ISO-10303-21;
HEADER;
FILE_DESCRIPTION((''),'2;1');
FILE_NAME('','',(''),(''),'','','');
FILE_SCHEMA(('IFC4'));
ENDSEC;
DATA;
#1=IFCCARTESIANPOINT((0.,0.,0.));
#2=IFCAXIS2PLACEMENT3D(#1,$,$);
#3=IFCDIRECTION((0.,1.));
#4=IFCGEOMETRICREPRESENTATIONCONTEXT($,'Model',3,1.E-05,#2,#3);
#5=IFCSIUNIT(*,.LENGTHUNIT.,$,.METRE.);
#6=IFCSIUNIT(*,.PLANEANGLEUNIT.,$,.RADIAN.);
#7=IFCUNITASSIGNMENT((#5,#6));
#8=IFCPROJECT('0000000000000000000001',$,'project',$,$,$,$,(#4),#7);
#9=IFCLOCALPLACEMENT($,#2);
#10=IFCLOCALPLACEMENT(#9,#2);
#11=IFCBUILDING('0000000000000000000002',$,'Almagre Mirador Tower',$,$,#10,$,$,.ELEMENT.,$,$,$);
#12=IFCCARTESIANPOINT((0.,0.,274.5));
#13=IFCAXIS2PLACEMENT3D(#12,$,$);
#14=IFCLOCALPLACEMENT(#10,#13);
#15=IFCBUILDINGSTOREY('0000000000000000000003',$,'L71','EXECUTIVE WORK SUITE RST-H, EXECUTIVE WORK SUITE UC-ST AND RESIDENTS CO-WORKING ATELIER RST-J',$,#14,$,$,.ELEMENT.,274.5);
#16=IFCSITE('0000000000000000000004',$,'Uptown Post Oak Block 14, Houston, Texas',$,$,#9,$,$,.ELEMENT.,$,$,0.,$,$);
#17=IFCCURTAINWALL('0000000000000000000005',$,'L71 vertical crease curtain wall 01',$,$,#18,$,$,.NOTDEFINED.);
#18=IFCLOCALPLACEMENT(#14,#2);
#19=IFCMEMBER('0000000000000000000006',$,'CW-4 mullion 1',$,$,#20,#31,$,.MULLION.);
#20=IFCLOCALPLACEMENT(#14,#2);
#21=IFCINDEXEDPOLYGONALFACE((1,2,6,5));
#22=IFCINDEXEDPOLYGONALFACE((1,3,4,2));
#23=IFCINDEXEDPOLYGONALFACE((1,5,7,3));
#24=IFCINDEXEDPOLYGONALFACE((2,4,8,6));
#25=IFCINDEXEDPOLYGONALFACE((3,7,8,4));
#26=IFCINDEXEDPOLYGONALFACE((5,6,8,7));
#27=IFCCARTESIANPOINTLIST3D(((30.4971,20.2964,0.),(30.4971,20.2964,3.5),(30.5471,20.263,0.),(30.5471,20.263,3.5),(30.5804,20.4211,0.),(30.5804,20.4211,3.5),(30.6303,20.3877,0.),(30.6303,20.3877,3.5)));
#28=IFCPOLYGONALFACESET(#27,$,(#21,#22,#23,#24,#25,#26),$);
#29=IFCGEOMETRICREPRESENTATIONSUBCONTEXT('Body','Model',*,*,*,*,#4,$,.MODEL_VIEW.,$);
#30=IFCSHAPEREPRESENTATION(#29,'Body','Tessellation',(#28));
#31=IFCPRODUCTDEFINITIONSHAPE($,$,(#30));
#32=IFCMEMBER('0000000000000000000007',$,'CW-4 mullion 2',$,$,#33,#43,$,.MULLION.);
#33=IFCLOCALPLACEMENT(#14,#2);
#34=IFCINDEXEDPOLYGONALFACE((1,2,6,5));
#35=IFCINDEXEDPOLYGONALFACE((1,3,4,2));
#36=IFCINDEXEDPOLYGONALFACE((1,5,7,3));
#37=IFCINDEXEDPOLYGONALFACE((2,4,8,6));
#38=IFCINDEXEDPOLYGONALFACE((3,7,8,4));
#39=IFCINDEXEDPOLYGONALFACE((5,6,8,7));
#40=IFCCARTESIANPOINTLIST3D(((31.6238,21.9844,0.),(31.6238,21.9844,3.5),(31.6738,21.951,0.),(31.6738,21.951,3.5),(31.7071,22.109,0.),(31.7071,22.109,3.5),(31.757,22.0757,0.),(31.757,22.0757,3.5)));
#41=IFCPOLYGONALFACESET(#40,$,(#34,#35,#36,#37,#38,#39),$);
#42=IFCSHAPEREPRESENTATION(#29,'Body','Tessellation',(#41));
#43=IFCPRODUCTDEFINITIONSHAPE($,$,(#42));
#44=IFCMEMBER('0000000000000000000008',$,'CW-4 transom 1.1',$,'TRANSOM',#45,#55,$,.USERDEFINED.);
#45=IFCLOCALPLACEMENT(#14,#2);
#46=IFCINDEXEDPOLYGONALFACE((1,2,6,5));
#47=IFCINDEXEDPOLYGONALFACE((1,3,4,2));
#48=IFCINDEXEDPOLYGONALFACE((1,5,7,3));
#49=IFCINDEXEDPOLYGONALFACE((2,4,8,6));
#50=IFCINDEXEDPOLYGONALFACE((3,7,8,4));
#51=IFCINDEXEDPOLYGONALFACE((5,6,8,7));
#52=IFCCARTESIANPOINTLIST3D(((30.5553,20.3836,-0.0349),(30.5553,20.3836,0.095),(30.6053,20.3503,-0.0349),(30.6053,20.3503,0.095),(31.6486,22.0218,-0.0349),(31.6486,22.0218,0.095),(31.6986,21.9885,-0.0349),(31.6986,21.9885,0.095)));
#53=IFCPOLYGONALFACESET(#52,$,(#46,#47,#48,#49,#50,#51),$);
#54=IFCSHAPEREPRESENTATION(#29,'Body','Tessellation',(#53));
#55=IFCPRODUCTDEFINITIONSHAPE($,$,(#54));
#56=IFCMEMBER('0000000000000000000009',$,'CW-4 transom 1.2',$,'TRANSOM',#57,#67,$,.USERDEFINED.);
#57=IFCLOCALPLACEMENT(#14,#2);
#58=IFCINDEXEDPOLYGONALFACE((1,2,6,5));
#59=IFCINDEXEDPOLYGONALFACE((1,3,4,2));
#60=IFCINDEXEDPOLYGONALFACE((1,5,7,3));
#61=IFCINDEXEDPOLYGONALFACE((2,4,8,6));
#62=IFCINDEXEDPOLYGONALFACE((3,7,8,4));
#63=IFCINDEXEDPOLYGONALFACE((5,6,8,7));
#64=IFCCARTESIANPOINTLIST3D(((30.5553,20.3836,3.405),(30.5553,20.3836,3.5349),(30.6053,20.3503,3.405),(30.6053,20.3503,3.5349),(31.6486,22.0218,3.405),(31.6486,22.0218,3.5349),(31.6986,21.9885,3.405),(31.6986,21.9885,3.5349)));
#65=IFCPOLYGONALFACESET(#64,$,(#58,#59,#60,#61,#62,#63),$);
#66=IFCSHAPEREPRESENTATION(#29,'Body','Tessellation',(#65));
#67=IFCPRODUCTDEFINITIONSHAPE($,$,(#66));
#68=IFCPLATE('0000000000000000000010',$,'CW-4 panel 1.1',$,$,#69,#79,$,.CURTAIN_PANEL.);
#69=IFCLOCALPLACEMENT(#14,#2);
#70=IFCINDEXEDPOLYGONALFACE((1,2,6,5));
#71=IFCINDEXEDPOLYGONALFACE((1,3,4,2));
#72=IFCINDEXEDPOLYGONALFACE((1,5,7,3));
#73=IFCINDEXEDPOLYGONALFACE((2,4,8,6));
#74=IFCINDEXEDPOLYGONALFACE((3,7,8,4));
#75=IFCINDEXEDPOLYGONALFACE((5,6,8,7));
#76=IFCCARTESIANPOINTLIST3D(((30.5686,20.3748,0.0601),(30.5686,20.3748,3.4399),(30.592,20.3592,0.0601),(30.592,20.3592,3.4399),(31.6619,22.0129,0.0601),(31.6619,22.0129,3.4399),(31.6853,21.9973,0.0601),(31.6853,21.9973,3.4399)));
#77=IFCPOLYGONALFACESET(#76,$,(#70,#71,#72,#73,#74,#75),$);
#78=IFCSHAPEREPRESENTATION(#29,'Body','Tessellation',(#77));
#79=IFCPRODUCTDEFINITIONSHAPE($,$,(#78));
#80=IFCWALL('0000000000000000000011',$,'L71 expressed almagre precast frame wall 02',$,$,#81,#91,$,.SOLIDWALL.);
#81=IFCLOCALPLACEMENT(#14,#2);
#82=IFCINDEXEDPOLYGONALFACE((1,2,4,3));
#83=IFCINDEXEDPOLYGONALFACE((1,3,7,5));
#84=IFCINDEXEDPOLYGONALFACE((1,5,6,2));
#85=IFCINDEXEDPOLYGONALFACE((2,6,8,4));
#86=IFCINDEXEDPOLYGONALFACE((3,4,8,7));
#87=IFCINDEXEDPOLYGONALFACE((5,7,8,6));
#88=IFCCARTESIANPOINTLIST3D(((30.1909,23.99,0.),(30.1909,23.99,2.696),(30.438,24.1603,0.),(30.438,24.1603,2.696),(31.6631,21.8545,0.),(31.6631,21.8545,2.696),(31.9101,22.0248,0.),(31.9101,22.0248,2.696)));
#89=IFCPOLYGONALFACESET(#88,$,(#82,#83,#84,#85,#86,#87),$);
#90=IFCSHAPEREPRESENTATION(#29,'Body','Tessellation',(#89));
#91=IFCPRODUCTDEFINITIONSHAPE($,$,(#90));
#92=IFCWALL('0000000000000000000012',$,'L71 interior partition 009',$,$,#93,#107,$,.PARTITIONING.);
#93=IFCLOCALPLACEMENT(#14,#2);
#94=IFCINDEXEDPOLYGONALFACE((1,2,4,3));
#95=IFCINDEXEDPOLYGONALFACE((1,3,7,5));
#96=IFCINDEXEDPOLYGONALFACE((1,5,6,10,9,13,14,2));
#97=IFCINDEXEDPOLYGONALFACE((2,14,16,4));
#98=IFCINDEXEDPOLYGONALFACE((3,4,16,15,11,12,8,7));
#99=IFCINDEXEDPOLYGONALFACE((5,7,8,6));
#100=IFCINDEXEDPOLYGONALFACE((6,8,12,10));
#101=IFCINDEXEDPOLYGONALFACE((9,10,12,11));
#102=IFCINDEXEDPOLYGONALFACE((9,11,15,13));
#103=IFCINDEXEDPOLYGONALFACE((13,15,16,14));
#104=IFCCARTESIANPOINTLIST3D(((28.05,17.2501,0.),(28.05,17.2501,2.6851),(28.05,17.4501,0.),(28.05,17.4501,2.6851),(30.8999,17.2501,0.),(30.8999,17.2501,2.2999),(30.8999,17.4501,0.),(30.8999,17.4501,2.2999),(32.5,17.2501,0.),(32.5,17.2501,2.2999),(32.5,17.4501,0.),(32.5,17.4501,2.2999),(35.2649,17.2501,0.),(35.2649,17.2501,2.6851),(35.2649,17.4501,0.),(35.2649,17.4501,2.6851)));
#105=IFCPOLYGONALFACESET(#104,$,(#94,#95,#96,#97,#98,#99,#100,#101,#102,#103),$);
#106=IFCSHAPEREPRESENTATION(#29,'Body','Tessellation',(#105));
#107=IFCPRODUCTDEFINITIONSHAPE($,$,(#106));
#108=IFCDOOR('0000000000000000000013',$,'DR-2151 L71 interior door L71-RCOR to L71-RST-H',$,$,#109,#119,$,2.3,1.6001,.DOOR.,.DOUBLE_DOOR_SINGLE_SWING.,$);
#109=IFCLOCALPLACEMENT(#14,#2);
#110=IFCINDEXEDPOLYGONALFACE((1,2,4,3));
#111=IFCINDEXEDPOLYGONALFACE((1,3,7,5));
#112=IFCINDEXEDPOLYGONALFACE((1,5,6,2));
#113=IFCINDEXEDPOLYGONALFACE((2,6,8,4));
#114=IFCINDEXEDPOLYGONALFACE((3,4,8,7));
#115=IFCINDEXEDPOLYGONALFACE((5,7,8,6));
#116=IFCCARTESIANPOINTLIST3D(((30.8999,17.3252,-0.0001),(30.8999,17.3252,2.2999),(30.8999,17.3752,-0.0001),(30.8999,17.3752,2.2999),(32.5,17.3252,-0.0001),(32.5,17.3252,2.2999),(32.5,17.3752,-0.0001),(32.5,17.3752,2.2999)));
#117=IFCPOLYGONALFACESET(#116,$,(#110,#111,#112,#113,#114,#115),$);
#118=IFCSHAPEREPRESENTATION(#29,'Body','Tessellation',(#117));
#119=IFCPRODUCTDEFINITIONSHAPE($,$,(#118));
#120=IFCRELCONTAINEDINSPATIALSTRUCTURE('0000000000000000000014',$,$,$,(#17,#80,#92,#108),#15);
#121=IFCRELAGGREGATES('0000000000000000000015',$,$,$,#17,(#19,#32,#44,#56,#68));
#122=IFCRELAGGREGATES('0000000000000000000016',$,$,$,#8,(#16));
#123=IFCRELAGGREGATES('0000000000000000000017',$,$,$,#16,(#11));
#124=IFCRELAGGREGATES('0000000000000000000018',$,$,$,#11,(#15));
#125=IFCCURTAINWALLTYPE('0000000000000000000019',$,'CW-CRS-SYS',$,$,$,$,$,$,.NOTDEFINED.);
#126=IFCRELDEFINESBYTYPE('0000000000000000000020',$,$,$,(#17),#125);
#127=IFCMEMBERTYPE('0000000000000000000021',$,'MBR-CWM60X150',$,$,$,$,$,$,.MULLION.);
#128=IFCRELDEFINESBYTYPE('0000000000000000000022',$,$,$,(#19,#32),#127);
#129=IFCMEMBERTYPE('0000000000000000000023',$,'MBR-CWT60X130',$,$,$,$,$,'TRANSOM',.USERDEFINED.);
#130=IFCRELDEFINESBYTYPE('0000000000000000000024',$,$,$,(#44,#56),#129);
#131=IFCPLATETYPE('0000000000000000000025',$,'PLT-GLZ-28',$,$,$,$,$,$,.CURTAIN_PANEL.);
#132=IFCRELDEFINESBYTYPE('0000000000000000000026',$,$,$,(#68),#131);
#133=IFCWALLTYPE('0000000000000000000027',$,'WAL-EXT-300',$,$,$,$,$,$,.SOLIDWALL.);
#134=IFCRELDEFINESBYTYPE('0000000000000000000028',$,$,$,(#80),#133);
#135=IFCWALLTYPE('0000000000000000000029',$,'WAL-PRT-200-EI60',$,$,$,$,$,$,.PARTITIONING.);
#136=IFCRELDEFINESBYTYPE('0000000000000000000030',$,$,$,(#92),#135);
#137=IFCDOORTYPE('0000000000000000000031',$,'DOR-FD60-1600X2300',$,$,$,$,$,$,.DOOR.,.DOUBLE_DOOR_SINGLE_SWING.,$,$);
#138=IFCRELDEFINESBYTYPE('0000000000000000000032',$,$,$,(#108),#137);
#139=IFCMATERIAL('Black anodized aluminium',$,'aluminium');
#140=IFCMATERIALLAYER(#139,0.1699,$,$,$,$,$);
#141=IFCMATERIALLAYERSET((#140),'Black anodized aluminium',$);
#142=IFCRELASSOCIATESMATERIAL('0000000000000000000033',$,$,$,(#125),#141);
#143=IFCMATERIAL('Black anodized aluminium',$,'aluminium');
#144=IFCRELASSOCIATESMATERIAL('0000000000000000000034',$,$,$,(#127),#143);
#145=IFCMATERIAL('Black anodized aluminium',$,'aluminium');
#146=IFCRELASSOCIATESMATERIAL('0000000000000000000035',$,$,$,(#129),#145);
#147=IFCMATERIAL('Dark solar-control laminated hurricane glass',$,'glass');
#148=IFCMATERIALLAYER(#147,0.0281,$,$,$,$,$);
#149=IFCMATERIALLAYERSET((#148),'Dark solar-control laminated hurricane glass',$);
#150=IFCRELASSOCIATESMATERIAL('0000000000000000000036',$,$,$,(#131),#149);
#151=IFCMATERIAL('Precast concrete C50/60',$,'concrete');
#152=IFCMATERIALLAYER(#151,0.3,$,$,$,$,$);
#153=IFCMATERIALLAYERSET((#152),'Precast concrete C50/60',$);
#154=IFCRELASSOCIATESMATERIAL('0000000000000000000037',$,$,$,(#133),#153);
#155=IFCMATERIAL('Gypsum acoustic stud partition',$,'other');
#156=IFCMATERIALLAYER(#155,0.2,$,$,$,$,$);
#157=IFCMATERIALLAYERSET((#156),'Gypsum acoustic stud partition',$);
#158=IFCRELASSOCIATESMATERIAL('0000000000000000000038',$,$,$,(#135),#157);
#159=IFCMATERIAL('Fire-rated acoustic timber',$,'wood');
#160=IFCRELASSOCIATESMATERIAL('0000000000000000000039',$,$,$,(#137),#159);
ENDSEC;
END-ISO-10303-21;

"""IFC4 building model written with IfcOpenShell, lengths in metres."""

from ifc_helpers import new_model, si_unit, direction, frame, frame_2d, origin, origin_2d, place, context, subcontext, project, spatial, rectangle, extrude, material, layer, layer_set, material_profile, profile_set, type_object, element, fill, aggregate, save


model = new_model("IFC4")

# Units and contexts
model_context = context("Model", 3, precision=1e-05, world=origin(), true_north=direction((0.0, 1.0)))
body_context = subcontext(model_context, "Body", "Model", "MODEL_VIEW")
ifc_project = project(units=[si_unit("LENGTHUNIT", "METRE"), si_unit("PLANEANGLEUNIT", "RADIAN")], contexts=[model_context])

# Site, building, storey
site_placement = place(None, origin())
site = spatial("IfcSite", under=ifc_project, at=site_placement, Name="Uptown Post Oak Block 14, Houston, Texas", CompositionType="ELEMENT", RefElevation=0.0)
building_placement = place(site_placement, origin())
building = spatial("IfcBuilding", under=site, at=building_placement, Name="Almagre Mirador Tower", CompositionType="ELEMENT")
storey_placement = place(building_placement, frame((0.0, 0.0, 274.5)))
storey = spatial("IfcBuildingStorey", under=building, at=storey_placement, Name="L71", Description="EXECUTIVE WORK SUITE RST-H, EXECUTIVE WORK SUITE UC-ST AND RESIDENTS CO-WORKING ATELIER RST-J", CompositionType="ELEMENT", Elevation=274.5)

# Curtain wall, members, plate
ifc_material_1 = material(Name="Black anodized aluminium", Category="aluminium")
ifc_layer_1 = layer(ifc_material_1, 0.1699)
ifc_layer_set_1 = layer_set([ifc_layer_1], Name="Black anodized aluminium")
curtain_wall_type = type_object("IfcCurtainWallType", Name="CW-CRS-SYS", PredefinedType="NOTDEFINED", material=ifc_layer_set_1)
curtain_wall_placement = place(storey_placement, origin())
curtain_wall = element("IfcCurtainWall", 1, at=curtain_wall_placement, inside=storey, type_object=curtain_wall_type, Name="L71 vertical crease curtain wall 01", PredefinedType="NOTDEFINED")
ifc_material_2 = material(Name="Black anodized aluminium", Category="aluminium")
ifc_material_profile_1 = material_profile(ifc_material_2, rectangle(XDim=0.0601, YDim=0.1499, at=origin_2d()), Name="CWM60X150")
ifc_profile_set_1 = profile_set([ifc_material_profile_1], Name="Black anodized aluminium")
member_type_1 = type_object("IfcMemberType", Name="MBR-CWM60X150", PredefinedType="MULLION", material=ifc_profile_set_1)
member_1_placement = place(storey_placement, frame((30.5637, 20.342, 0.0), z_axis=(0.0, 0.0, 1.0), x_axis=(-0.831756, 0.555142, 0.0)))
member_1 = element("IfcMember", 2, at=member_1_placement, type_object=member_type_1, Name="CW-4 mullion 1", PredefinedType="MULLION", context=body_context, shape_type="SweptSolid", body=[
    extrude(rectangle(XDim=0.0601, YDim=0.1499, at=origin_2d()), origin(), (0.0, 0.0, 1.0), 3.5),
])
member_2_placement = place(storey_placement, frame((31.6904, 22.03, 0.0), z_axis=(0.0, 0.0, 1.0), x_axis=(-0.831756, 0.555142, 0.0)))
member_2 = element("IfcMember", 3, at=member_2_placement, type_object=member_type_1, Name="CW-4 mullion 2", PredefinedType="MULLION", context=body_context, shape_type="SweptSolid", body=[
    extrude(rectangle(XDim=0.0601, YDim=0.1499, at=origin_2d()), origin(), (0.0, 0.0, 1.0), 3.5),
])
ifc_material_3 = material(Name="Black anodized aluminium", Category="aluminium")
ifc_material_profile_2 = material_profile(ifc_material_3, rectangle(XDim=0.0601, YDim=0.1299, at=origin_2d()), Name="CWT60X130")
ifc_profile_set_2 = profile_set([ifc_material_profile_2], Name="Black anodized aluminium")
member_type_2 = type_object("IfcMemberType", Name="MBR-CWT60X130", ElementType="TRANSOM", PredefinedType="USERDEFINED", material=ifc_profile_set_2)
member_3_placement = place(storey_placement, frame((30.5803, 20.3669, 0.03), z_axis=(0.555101, 0.831783, 0.0), x_axis=(-0.831783, 0.555101, 0.0)))
member_3 = element("IfcMember", 4, at=member_3_placement, type_object=member_type_2, Name="CW-4 transom 1.1", ObjectType="TRANSOM", PredefinedType="USERDEFINED", context=body_context, shape_type="SweptSolid", body=[
    extrude(rectangle(XDim=0.0601, YDim=0.1299, at=origin_2d()), origin(), (0.0, 0.0, 1.0), 1.9695),
])
member_4_placement = place(storey_placement, frame((30.5803, 20.3669, 3.47), z_axis=(0.555101, 0.831783, 0.0), x_axis=(-0.831783, 0.555101, 0.0)))
member_4 = element("IfcMember", 5, at=member_4_placement, type_object=member_type_2, Name="CW-4 transom 1.2", ObjectType="TRANSOM", PredefinedType="USERDEFINED", context=body_context, shape_type="SweptSolid", body=[
    extrude(rectangle(XDim=0.0601, YDim=0.1299, at=origin_2d()), origin(), (0.0, 0.0, 1.0), 1.9695),
])
ifc_material_4 = material(Name="Dark solar-control laminated hurricane glass", Category="glass")
ifc_layer_2 = layer(ifc_material_4, 0.0281)
ifc_layer_set_2 = layer_set([ifc_layer_2], Name="Dark solar-control laminated hurricane glass")
plate_type = type_object("IfcPlateType", Name="PLT-GLZ-28", PredefinedType="CURTAIN_PANEL", material=ifc_layer_set_2)
plate_placement = place(storey_placement, frame((31.127, 21.186, 0.0601), z_axis=(0.0, 0.0, 1.0), x_axis=(0.555142, 0.831756, 0.0)))
plate = element("IfcPlate", 6, at=plate_placement, type_object=plate_type, Name="CW-4 panel 1.1", PredefinedType="CURTAIN_PANEL", context=body_context, shape_type="SweptSolid", body=[
    extrude(rectangle(XDim=1.9695, YDim=0.0281, at=origin_2d()), origin(), (0.0, 0.0, 1.0), 3.3799),
])
aggregate(curtain_wall, [member_1, member_2, member_3, member_4, plate])

# Wall
ifc_material_5 = material(Name="Precast concrete C50/60", Category="concrete")
ifc_layer_3 = layer(ifc_material_5, 0.3)
ifc_layer_set_3 = layer_set([ifc_layer_3], Name="Precast concrete C50/60")
wall_type_1 = type_object("IfcWallType", Name="WAL-EXT-300", PredefinedType="SOLIDWALL", material=ifc_layer_set_3)
wall_1_placement = place(storey_placement, frame((31.7866, 21.9397, 0.0), z_axis=(0.0, 0.0, 1.0), x_axis=(-0.567579, 0.823319, 0.0)))
element("IfcWall", 7, at=wall_1_placement, inside=storey, type_object=wall_type_1, Name="L71 expressed almagre precast frame wall 02", PredefinedType="SOLIDWALL", context=body_context, shape_type="SweptSolid", body=[
    extrude(rectangle(XDim=2.5938, YDim=0.3, at=frame_2d((1.2969, 0.0))), origin(), (0.0, 0.0, 1.0), 2.696),
])

# Wall, opening, door
ifc_material_6 = material(Name="Gypsum acoustic stud partition", Category="other")
ifc_layer_4 = layer(ifc_material_6, 0.2)
ifc_layer_set_4 = layer_set([ifc_layer_4], Name="Gypsum acoustic stud partition")
wall_type_2 = type_object("IfcWallType", Name="WAL-PRT-200-EI60", PredefinedType="PARTITIONING", material=ifc_layer_set_4)
wall_2_placement = place(storey_placement, frame((35.2649, 17.3501, 0.0), z_axis=(0.0, 0.0, 1.0), x_axis=(-1.0, 0.0, 0.0)))
wall_2 = element("IfcWall", 8, at=wall_2_placement, inside=storey, type_object=wall_type_2, Name="L71 interior partition 009", PredefinedType="PARTITIONING", context=body_context, shape_type="SweptSolid", body=[
    extrude(rectangle(XDim=7.2148, YDim=0.2, at=frame_2d((3.6074, 0.0))), origin(), (0.0, 0.0, 1.0), 2.6851),
])
opening_1_placement = place(wall_2_placement, frame((2.7649, 0.0, 0.0)))
opening_1 = element("IfcOpeningElement", 9, at=opening_1_placement, cuts=wall_2, PredefinedType="OPENING", context=body_context, shape_type="SweptSolid", body=[
    extrude(rectangle(XDim=1.6001, YDim=2.3, at=frame_2d((0.8, 1.1499))), frame((0.0, 0.1101, 0.0), z_axis=(0.0, -1.0, 0.0), x_axis=(1.0, 0.0, 0.0)), (0.0, 0.0, 1.0), 0.22),
])
ifc_material_7 = material(Name="Fire-rated acoustic timber", Category="wood")
door_type_1 = type_object("IfcDoorType", Name="DOR-FD60-1600X2300", OperationType="DOUBLE_DOOR_SINGLE_SWING", PredefinedType="DOOR", material=ifc_material_7)
door_1_placement = place(opening_1_placement, origin())
door_1 = element("IfcDoor", 10, at=door_1_placement, inside=storey, type_object=door_type_1, Name="DR-2151 L71 interior door L71-RCOR to L71-RST-H", OperationType="DOUBLE_DOOR_SINGLE_SWING", OverallHeight=2.3, OverallWidth=1.6001, PredefinedType="DOOR", context=body_context, shape_type="SweptSolid", body=[
    extrude(rectangle(XDim=1.6001, YDim=2.3, at=frame_2d((0.8, 1.1499))), frame((0.0, 0.0249, 0.0), z_axis=(0.0, -1.0, 0.0), x_axis=(1.0, 0.0, 0.0)), (0.0, 0.0, 1.0), 0.05),
])
fill(opening_1, door_1)

save(model, "model.ifc")
